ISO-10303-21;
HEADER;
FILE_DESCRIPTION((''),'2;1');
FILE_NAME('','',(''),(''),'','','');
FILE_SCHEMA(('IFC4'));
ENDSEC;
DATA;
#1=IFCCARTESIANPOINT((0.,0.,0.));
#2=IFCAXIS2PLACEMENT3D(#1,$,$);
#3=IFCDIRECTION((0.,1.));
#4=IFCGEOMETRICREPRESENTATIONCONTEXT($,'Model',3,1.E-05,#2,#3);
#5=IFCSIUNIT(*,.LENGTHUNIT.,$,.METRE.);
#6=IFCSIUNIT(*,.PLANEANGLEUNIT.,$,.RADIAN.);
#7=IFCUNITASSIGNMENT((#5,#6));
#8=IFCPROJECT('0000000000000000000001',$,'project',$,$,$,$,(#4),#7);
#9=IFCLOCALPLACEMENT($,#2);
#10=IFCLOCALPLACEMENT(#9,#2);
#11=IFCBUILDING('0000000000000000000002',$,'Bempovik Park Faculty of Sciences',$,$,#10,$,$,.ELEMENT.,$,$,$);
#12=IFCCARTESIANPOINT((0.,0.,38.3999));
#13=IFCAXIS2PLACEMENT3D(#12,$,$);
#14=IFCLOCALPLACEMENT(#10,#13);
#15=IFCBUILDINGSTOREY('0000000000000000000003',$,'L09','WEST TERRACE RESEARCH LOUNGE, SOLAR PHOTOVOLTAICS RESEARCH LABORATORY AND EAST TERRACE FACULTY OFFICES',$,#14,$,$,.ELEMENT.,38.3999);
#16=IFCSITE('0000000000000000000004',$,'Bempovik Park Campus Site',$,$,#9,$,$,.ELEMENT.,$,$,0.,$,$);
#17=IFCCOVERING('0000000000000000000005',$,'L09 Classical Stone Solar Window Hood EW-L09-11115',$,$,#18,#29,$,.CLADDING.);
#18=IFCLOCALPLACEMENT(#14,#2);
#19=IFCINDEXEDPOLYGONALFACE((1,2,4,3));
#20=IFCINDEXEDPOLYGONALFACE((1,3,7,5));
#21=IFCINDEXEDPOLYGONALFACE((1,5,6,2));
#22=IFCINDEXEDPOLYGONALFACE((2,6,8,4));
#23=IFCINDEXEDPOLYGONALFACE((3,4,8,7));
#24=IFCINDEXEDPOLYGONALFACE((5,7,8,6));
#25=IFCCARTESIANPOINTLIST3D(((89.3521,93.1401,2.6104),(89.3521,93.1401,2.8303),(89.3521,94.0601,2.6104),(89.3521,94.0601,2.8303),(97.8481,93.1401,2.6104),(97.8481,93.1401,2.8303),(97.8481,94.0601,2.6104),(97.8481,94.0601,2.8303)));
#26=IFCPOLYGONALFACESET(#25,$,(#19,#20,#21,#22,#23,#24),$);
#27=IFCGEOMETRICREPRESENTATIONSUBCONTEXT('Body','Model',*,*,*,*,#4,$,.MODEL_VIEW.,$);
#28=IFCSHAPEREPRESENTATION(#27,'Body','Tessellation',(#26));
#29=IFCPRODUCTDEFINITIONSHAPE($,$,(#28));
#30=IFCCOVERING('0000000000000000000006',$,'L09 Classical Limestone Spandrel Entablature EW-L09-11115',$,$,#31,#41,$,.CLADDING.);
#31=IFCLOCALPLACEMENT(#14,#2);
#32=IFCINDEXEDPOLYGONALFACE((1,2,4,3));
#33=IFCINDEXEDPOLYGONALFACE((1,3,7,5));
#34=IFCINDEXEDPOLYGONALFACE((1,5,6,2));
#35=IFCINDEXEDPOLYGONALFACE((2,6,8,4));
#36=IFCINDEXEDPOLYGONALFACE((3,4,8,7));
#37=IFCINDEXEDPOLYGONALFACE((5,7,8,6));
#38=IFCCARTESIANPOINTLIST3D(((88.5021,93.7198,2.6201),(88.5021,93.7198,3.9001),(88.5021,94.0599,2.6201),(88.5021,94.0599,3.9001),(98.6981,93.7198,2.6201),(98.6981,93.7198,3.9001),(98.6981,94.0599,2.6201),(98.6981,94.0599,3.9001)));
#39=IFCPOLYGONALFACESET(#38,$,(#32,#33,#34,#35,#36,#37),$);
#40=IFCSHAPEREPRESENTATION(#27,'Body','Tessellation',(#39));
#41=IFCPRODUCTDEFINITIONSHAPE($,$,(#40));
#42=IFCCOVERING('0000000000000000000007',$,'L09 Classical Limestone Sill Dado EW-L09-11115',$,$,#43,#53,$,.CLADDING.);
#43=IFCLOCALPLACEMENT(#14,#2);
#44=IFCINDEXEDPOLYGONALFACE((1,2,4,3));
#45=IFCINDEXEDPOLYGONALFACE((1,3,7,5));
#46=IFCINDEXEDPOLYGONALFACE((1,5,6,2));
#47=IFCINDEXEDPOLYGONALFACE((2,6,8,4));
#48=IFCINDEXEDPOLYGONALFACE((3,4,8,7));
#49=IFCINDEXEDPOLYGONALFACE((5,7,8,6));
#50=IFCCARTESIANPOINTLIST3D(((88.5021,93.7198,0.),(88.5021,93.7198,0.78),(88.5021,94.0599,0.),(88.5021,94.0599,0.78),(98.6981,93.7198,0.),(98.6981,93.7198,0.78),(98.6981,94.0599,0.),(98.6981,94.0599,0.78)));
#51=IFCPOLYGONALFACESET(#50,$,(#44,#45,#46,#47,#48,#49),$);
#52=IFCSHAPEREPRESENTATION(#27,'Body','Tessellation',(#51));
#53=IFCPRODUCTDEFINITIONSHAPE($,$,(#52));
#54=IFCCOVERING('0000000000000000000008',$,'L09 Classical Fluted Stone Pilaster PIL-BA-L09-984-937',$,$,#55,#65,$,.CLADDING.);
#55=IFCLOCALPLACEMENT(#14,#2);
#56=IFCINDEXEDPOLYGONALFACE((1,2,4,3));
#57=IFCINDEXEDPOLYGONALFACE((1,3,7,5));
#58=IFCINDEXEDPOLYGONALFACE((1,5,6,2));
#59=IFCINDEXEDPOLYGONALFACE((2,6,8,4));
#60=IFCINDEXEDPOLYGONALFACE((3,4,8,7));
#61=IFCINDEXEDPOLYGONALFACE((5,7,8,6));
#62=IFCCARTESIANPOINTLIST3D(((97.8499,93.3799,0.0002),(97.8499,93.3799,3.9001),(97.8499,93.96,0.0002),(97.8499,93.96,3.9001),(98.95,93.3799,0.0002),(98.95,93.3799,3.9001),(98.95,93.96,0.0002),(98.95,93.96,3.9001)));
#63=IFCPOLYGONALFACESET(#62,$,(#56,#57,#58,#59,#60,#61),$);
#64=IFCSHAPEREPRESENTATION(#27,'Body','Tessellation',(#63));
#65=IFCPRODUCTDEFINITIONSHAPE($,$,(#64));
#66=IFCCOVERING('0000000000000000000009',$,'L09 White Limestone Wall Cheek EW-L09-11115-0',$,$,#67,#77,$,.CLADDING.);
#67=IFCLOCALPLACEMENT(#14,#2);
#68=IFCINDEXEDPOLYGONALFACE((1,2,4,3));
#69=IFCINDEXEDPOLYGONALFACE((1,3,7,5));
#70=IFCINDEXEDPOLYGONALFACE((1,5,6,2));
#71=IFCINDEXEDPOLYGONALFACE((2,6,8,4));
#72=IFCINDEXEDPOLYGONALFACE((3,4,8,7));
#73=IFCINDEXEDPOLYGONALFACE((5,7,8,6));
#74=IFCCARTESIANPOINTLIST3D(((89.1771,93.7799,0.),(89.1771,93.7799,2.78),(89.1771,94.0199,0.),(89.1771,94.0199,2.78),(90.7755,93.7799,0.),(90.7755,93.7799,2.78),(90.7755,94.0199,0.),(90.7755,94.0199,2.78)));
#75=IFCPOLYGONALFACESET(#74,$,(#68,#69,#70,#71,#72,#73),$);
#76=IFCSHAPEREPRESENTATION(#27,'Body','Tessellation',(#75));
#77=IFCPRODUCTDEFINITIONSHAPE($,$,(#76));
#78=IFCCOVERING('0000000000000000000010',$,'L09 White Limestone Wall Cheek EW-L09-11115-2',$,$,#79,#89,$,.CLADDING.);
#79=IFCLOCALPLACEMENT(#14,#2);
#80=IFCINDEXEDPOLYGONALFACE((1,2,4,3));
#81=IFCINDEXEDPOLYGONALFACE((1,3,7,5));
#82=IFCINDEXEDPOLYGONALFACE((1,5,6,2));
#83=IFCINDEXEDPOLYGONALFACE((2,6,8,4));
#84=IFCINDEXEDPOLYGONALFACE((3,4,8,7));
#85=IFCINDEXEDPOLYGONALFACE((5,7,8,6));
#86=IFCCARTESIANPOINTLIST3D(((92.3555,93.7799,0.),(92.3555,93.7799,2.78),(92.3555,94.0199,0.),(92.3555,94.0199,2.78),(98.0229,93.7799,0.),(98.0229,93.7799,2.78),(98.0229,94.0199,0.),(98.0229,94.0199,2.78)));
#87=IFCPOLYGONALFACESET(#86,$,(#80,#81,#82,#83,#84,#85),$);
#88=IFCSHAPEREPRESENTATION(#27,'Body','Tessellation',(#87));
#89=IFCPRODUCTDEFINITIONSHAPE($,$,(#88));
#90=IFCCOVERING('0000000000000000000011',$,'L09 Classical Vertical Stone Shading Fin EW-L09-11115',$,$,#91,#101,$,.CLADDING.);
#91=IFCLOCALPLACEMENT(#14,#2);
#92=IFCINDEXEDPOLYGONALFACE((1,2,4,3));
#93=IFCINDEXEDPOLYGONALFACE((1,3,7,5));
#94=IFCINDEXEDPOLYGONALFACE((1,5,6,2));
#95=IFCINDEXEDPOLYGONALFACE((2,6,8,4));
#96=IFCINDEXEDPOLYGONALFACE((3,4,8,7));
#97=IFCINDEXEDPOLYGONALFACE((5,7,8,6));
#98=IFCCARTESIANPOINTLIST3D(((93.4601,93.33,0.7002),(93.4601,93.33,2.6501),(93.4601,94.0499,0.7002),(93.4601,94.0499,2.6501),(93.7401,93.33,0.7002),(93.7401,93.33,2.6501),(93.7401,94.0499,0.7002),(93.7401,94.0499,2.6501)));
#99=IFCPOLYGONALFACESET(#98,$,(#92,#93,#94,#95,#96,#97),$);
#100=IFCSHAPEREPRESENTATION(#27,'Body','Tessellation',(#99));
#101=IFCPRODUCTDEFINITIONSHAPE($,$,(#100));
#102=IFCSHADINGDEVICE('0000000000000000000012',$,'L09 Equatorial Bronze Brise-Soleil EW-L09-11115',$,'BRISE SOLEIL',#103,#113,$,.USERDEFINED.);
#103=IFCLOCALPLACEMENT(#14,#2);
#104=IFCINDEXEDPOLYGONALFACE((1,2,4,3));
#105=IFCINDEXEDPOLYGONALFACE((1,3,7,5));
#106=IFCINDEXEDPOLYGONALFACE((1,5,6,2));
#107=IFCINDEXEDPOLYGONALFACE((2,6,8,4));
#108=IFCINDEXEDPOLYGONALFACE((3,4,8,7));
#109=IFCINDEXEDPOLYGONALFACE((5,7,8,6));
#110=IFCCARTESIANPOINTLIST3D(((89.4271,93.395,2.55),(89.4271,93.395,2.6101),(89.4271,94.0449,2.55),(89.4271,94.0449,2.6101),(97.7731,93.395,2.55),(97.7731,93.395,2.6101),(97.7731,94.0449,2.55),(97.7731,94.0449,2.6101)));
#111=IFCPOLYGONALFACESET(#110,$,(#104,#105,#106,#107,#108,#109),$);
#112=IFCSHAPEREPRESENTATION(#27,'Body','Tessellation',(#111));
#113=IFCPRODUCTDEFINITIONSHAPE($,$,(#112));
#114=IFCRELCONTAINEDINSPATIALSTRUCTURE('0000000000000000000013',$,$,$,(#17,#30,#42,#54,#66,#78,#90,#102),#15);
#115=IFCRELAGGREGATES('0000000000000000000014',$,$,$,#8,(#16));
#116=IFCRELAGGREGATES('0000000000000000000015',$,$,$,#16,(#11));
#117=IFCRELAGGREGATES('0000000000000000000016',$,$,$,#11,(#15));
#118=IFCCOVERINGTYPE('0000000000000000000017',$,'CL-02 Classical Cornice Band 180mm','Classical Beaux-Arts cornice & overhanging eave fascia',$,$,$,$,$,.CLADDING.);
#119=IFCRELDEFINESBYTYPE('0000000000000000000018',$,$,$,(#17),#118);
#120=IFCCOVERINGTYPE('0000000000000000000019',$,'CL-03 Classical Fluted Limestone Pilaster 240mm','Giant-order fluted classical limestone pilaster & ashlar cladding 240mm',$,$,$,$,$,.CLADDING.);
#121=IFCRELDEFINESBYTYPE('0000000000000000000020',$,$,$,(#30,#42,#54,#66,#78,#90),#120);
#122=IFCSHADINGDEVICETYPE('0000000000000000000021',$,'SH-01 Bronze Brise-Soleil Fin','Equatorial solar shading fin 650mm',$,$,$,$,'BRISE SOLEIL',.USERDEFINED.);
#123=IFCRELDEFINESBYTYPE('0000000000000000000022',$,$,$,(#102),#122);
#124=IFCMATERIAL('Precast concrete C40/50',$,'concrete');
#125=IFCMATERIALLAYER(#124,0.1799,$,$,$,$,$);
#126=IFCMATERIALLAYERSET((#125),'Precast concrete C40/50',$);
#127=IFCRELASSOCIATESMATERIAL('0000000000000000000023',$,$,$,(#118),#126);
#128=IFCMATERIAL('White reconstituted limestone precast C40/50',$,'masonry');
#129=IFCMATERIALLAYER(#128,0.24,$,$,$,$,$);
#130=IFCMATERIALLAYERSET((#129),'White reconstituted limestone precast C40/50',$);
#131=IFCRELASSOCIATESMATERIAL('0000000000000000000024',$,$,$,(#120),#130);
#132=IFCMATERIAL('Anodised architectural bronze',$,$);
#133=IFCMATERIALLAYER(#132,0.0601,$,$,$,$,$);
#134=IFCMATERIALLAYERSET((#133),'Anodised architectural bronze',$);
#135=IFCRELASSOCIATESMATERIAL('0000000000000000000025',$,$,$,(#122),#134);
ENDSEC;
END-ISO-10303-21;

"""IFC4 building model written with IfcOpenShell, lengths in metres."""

from ifc_helpers import new_model, si_unit, direction, frame, origin, origin_2d, place, context, subcontext, project, spatial, rectangle, extrude, material, layer, layer_set, type_object, element, save


model = new_model("IFC4")

# Units and contexts
model_context = context("Model", 3, precision=1e-05, world=origin(), true_north=direction((0.0, 1.0)))
body_context = subcontext(model_context, "Body", "Model", "MODEL_VIEW")
ifc_project = project(units=[si_unit("LENGTHUNIT", "METRE"), si_unit("PLANEANGLEUNIT", "RADIAN")], contexts=[model_context])

# Site, building, storey
site_placement = place(None, origin())
site = spatial("IfcSite", under=ifc_project, at=site_placement, Name="Bempovik Park Campus Site", CompositionType="ELEMENT", RefElevation=0.0)
building_placement = place(site_placement, origin())
building = spatial("IfcBuilding", under=site, at=building_placement, Name="Bempovik Park Faculty of Sciences", CompositionType="ELEMENT")
storey_placement = place(building_placement, frame((0.0, 0.0, 38.3999)))
storey = spatial("IfcBuildingStorey", under=building, at=storey_placement, Name="L09", Description="WEST TERRACE RESEARCH LOUNGE, SOLAR PHOTOVOLTAICS RESEARCH LABORATORY AND EAST TERRACE FACULTY OFFICES", CompositionType="ELEMENT", Elevation=38.3999)

# Shared definitions
ifc_material_1 = material(Name="Precast concrete C40/50", Category="concrete")

# Coverings
ifc_layer_1 = layer(ifc_material_1, 0.1799)
ifc_layer_set_1 = layer_set([ifc_layer_1], Name="Precast concrete C40/50")
covering_type_1 = type_object("IfcCoveringType", Name="CL-02 Classical Cornice Band 180mm", Description="Classical Beaux-Arts cornice & overhanging eave fascia", PredefinedType="CLADDING", material=ifc_layer_set_1)
covering_1_placement = place(storey_placement, frame((93.6001, 93.6001, 2.6104), z_axis=(0.0, 0.0, 1.0), x_axis=(1.0, 0.0, 0.0)))
element("IfcCovering", 1, at=covering_1_placement, inside=storey, type_object=covering_type_1, Name="L09 Classical Stone Solar Window Hood EW-L09-11115", PredefinedType="CLADDING", context=body_context, shape_type="SweptSolid", body=[
    extrude(rectangle(XDim=8.4961, YDim=0.9199, at=origin_2d()), origin(), (0.0, 0.0, 1.0), 0.22),
])
ifc_material_2 = material(Name="White reconstituted limestone precast C40/50", Category="masonry")
ifc_layer_2 = layer(ifc_material_2, 0.24)
ifc_layer_set_2 = layer_set([ifc_layer_2], Name="White reconstituted limestone precast C40/50")
covering_type_2 = type_object("IfcCoveringType", Name="CL-03 Classical Fluted Limestone Pilaster 240mm", Description="Giant-order fluted classical limestone pilaster & ashlar cladding 240mm", PredefinedType="CLADDING", material=ifc_layer_set_2)
covering_2_placement = place(storey_placement, frame((93.6001, 93.8899, 2.6201), z_axis=(0.0, 0.0, 1.0), x_axis=(1.0, 0.0, 0.0)))
element("IfcCovering", 2, at=covering_2_placement, inside=storey, type_object=covering_type_2, Name="L09 Classical Limestone Spandrel Entablature EW-L09-11115", PredefinedType="CLADDING", context=body_context, shape_type="SweptSolid", body=[
    extrude(rectangle(XDim=10.196, YDim=0.3401, at=origin_2d()), origin(), (0.0, 0.0, 1.0), 1.28),
])
covering_3_placement = place(storey_placement, frame((93.6001, 93.8899, 0.0), z_axis=(0.0, 0.0, 1.0), x_axis=(1.0, 0.0, 0.0)))
element("IfcCovering", 3, at=covering_3_placement, inside=storey, type_object=covering_type_2, Name="L09 Classical Limestone Sill Dado EW-L09-11115", PredefinedType="CLADDING", context=body_context, shape_type="SweptSolid", body=[
    extrude(rectangle(XDim=10.196, YDim=0.3401, at=origin_2d()), origin(), (0.0, 0.0, 1.0), 0.78),
])
covering_4_placement = place(storey_placement, frame((98.3999, 93.6699, 0.0002), z_axis=(0.0, 0.0, 1.0), x_axis=(1.0, 0.0, 0.0)))
element("IfcCovering", 4, at=covering_4_placement, inside=storey, type_object=covering_type_2, Name="L09 Classical Fluted Stone Pilaster PIL-BA-L09-984-937", PredefinedType="CLADDING", context=body_context, shape_type="SweptSolid", body=[
    extrude(rectangle(XDim=1.1001, YDim=0.5801, at=origin_2d()), origin(), (0.0, 0.0, 1.0), 3.8999),
])
covering_5_placement = place(storey_placement, frame((89.9763, 93.8999, 0.0), z_axis=(0.0, 0.0, 1.0), x_axis=(1.0, 0.0, 0.0)))
element("IfcCovering", 5, at=covering_5_placement, inside=storey, type_object=covering_type_2, Name="L09 White Limestone Wall Cheek EW-L09-11115-0", PredefinedType="CLADDING", context=body_context, shape_type="SweptSolid", body=[
    extrude(rectangle(XDim=1.5984, YDim=0.24, at=origin_2d()), origin(), (0.0, 0.0, 1.0), 2.78),
])
covering_6_placement = place(storey_placement, frame((95.1892, 93.8999, 0.0), z_axis=(0.0, 0.0, 1.0), x_axis=(1.0, 0.0, 0.0)))
element("IfcCovering", 6, at=covering_6_placement, inside=storey, type_object=covering_type_2, Name="L09 White Limestone Wall Cheek EW-L09-11115-2", PredefinedType="CLADDING", context=body_context, shape_type="SweptSolid", body=[
    extrude(rectangle(XDim=5.6675, YDim=0.24, at=origin_2d()), origin(), (0.0, 0.0, 1.0), 2.78),
])
covering_7_placement = place(storey_placement, frame((93.6001, 93.6899, 0.7002), z_axis=(0.0, 0.0, 1.0), x_axis=(1.0, 0.0, 0.0)))
element("IfcCovering", 7, at=covering_7_placement, inside=storey, type_object=covering_type_2, Name="L09 Classical Vertical Stone Shading Fin EW-L09-11115", PredefinedType="CLADDING", context=body_context, shape_type="SweptSolid", body=[
    extrude(rectangle(XDim=0.28, YDim=0.72, at=origin_2d()), origin(), (0.0, 0.0, 1.0), 1.95),
])

# Shading device
ifc_material_3 = material(Name="Anodised architectural bronze")
ifc_layer_3 = layer(ifc_material_3, 0.0601)
ifc_layer_set_3 = layer_set([ifc_layer_3], Name="Anodised architectural bronze")
shading_device_type = type_object("IfcShadingDeviceType", Name="SH-01 Bronze Brise-Soleil Fin", Description="Equatorial solar shading fin 650mm", ElementType="BRISE SOLEIL", PredefinedType="USERDEFINED", material=ifc_layer_set_3)
shading_device_placement = place(storey_placement, frame((93.6001, 93.72, 2.55), z_axis=(0.0, 0.0, 1.0), x_axis=(1.0, 0.0, 0.0)))
element("IfcShadingDevice", 8, at=shading_device_placement, inside=storey, type_object=shading_device_type, Name="L09 Equatorial Bronze Brise-Soleil EW-L09-11115", ObjectType="BRISE SOLEIL", PredefinedType="USERDEFINED", context=body_context, shape_type="SweptSolid", body=[
    extrude(rectangle(XDim=8.3459, YDim=0.6499, at=origin_2d()), origin(), (0.0, 0.0, 1.0), 0.0601),
])

save(model, "model.ifc")
